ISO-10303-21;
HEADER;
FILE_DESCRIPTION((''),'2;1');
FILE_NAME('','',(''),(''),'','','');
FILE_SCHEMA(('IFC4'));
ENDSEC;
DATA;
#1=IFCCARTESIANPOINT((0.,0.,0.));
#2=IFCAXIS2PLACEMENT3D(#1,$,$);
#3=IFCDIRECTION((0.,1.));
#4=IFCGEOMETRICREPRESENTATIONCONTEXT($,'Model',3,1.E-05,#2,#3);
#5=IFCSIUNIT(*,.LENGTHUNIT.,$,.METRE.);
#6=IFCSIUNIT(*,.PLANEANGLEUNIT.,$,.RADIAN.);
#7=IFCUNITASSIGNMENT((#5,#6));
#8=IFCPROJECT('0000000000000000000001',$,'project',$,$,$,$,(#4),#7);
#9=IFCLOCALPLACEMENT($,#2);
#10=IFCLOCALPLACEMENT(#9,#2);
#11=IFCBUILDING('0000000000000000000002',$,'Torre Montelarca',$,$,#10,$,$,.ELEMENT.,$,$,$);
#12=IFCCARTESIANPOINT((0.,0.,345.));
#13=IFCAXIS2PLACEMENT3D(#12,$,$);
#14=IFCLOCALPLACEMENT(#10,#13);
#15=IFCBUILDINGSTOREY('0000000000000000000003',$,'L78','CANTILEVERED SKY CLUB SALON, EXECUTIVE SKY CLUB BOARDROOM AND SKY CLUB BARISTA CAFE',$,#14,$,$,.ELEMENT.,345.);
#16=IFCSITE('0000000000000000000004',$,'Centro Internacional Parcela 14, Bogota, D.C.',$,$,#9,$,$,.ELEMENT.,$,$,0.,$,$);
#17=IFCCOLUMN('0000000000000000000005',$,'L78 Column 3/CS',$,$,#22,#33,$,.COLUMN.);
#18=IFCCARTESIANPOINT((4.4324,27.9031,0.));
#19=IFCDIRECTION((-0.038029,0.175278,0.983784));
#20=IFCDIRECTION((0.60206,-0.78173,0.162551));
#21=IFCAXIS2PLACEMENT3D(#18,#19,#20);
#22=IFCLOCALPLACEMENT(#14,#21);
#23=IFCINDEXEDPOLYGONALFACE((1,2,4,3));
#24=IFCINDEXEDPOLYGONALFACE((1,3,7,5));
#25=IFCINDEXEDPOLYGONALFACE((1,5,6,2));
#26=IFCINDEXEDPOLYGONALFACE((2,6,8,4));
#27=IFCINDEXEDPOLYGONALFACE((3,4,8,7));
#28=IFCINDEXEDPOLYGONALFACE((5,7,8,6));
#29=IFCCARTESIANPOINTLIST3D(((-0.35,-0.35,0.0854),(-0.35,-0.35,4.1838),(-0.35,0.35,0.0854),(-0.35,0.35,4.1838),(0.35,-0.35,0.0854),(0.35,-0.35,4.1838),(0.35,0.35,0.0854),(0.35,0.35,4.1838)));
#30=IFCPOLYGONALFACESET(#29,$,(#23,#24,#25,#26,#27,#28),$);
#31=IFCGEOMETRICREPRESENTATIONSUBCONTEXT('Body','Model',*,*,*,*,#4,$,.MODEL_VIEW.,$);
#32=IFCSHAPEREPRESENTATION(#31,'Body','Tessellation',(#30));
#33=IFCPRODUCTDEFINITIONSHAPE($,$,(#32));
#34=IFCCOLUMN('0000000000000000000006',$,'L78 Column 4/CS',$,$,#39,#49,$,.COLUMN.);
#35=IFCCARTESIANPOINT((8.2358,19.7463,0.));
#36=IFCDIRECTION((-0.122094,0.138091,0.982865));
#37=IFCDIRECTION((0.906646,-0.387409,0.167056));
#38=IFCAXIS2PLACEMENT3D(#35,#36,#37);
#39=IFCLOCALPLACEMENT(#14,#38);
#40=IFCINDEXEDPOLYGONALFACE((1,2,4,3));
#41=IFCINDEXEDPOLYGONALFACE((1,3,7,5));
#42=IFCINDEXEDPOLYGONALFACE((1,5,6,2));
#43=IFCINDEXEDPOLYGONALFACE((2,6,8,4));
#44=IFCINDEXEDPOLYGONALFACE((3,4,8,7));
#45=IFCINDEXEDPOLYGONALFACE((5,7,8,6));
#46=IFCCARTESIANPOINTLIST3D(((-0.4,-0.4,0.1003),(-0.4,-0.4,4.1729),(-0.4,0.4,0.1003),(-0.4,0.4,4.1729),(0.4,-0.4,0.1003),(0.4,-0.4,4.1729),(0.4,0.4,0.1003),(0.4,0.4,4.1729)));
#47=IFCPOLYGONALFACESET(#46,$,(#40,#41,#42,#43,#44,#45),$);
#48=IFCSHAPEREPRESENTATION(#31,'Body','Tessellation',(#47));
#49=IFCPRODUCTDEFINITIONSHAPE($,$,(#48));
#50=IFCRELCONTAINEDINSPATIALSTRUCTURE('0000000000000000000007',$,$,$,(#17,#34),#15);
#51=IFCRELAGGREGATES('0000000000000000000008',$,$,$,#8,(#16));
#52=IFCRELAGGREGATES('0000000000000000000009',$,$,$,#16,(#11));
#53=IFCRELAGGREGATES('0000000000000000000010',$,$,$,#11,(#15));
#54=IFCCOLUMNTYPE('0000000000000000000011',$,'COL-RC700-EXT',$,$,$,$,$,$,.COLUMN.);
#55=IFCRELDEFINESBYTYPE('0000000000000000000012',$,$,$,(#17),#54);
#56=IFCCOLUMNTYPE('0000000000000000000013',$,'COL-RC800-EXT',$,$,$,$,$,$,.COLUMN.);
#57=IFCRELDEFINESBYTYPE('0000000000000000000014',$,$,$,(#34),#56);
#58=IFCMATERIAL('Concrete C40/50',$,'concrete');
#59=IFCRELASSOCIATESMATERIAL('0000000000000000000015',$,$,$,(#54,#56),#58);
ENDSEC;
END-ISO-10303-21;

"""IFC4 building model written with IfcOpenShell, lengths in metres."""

from ifc_helpers import new_model, si_unit, direction, frame, origin, origin_2d, place, context, subcontext, project, spatial, rectangle, extrude, clip, halfspace, material, material_profile, profile_set, type_object, element, save


model = new_model("IFC4")

# Units and contexts
model_context = context("Model", 3, precision=1e-05, world=origin(), true_north=direction((0.0, 1.0)))
body_context = subcontext(model_context, "Body", "Model", "MODEL_VIEW")
ifc_project = project(units=[si_unit("LENGTHUNIT", "METRE"), si_unit("PLANEANGLEUNIT", "RADIAN")], contexts=[model_context])

# Site, building, storey
site_placement = place(None, origin())
site = spatial("IfcSite", under=ifc_project, at=site_placement, Name="Centro Internacional Parcela 14, Bogota, D.C.", CompositionType="ELEMENT", RefElevation=0.0)
building_placement = place(site_placement, origin())
building = spatial("IfcBuilding", under=site, at=building_placement, Name="Torre Montelarca", CompositionType="ELEMENT")
storey_placement = place(building_placement, frame((0.0, 0.0, 345.0)))
storey = spatial("IfcBuildingStorey", under=building, at=storey_placement, Name="L78", Description="CANTILEVERED SKY CLUB SALON, EXECUTIVE SKY CLUB BOARDROOM AND SKY CLUB BARISTA CAFE", CompositionType="ELEMENT", Elevation=345.0)

# Columns
ifc_material_1 = material(Name="Concrete C40/50", Category="concrete")
ifc_material_profile_1 = material_profile(ifc_material_1, rectangle(XDim=0.7, YDim=0.7, at=origin_2d()), Name="RC700X700", Category="concrete")
ifc_profile_set_1 = profile_set([ifc_material_profile_1], Name="Concrete C40/50")
column_type_1 = type_object("IfcColumnType", Name="COL-RC700-EXT", PredefinedType="COLUMN", material=ifc_profile_set_1)
column_1_placement = place(storey_placement, frame((4.4324, 27.9031, 0.0), z_axis=(-0.038029, 0.175278, 0.983784), x_axis=(0.60206, -0.78173, 0.162551)))
element("IfcColumn", 1, at=column_1_placement, inside=storey, type_object=column_type_1, Name="L78 Column 3/CS", PredefinedType="COLUMN", context=body_context, shape_type="Clipping", body=[
    clip(clip(extrude(rectangle(XDim=0.7, YDim=0.7, at=origin_2d()), origin(), (0.0, 0.0, 1.0), 4.2693), halfspace(frame((0.0, 0.0, 0.0854), z_axis=(0.0, 0.0, -1.0), x_axis=(1.0, 0.0, 0.0)), False)), halfspace(frame((0.0, 0.0, 4.1838), z_axis=(0.0, 0.0, 1.0), x_axis=(1.0, 0.0, 0.0)), False)),
])
ifc_material_profile_2 = material_profile(ifc_material_1, rectangle(XDim=0.8, YDim=0.8, at=origin_2d()), Name="RC800X800", Category="concrete")
ifc_profile_set_2 = profile_set([ifc_material_profile_2], Name="Concrete C40/50")
column_type_2 = type_object("IfcColumnType", Name="COL-RC800-EXT", PredefinedType="COLUMN", material=ifc_profile_set_2)
column_2_placement = place(storey_placement, frame((8.2358, 19.7463, 0.0), z_axis=(-0.122094, 0.138091, 0.982865), x_axis=(0.906646, -0.387409, 0.167056)))
element("IfcColumn", 2, at=column_2_placement, inside=storey, type_object=column_type_2, Name="L78 Column 4/CS", PredefinedType="COLUMN", context=body_context, shape_type="Clipping", body=[
    clip(clip(extrude(rectangle(XDim=0.8, YDim=0.8, at=origin_2d()), origin(), (0.0, 0.0, 1.0), 4.2732), halfspace(frame((0.0, 0.0, 0.1003), z_axis=(0.0, 0.0, -1.0), x_axis=(1.0, 0.0, 0.0)), False)), halfspace(frame((0.0, 0.0, 4.1729), z_axis=(0.0, 0.0, 1.0), x_axis=(1.0, 0.0, 0.0)), False)),
])

save(model, "model.ifc")
